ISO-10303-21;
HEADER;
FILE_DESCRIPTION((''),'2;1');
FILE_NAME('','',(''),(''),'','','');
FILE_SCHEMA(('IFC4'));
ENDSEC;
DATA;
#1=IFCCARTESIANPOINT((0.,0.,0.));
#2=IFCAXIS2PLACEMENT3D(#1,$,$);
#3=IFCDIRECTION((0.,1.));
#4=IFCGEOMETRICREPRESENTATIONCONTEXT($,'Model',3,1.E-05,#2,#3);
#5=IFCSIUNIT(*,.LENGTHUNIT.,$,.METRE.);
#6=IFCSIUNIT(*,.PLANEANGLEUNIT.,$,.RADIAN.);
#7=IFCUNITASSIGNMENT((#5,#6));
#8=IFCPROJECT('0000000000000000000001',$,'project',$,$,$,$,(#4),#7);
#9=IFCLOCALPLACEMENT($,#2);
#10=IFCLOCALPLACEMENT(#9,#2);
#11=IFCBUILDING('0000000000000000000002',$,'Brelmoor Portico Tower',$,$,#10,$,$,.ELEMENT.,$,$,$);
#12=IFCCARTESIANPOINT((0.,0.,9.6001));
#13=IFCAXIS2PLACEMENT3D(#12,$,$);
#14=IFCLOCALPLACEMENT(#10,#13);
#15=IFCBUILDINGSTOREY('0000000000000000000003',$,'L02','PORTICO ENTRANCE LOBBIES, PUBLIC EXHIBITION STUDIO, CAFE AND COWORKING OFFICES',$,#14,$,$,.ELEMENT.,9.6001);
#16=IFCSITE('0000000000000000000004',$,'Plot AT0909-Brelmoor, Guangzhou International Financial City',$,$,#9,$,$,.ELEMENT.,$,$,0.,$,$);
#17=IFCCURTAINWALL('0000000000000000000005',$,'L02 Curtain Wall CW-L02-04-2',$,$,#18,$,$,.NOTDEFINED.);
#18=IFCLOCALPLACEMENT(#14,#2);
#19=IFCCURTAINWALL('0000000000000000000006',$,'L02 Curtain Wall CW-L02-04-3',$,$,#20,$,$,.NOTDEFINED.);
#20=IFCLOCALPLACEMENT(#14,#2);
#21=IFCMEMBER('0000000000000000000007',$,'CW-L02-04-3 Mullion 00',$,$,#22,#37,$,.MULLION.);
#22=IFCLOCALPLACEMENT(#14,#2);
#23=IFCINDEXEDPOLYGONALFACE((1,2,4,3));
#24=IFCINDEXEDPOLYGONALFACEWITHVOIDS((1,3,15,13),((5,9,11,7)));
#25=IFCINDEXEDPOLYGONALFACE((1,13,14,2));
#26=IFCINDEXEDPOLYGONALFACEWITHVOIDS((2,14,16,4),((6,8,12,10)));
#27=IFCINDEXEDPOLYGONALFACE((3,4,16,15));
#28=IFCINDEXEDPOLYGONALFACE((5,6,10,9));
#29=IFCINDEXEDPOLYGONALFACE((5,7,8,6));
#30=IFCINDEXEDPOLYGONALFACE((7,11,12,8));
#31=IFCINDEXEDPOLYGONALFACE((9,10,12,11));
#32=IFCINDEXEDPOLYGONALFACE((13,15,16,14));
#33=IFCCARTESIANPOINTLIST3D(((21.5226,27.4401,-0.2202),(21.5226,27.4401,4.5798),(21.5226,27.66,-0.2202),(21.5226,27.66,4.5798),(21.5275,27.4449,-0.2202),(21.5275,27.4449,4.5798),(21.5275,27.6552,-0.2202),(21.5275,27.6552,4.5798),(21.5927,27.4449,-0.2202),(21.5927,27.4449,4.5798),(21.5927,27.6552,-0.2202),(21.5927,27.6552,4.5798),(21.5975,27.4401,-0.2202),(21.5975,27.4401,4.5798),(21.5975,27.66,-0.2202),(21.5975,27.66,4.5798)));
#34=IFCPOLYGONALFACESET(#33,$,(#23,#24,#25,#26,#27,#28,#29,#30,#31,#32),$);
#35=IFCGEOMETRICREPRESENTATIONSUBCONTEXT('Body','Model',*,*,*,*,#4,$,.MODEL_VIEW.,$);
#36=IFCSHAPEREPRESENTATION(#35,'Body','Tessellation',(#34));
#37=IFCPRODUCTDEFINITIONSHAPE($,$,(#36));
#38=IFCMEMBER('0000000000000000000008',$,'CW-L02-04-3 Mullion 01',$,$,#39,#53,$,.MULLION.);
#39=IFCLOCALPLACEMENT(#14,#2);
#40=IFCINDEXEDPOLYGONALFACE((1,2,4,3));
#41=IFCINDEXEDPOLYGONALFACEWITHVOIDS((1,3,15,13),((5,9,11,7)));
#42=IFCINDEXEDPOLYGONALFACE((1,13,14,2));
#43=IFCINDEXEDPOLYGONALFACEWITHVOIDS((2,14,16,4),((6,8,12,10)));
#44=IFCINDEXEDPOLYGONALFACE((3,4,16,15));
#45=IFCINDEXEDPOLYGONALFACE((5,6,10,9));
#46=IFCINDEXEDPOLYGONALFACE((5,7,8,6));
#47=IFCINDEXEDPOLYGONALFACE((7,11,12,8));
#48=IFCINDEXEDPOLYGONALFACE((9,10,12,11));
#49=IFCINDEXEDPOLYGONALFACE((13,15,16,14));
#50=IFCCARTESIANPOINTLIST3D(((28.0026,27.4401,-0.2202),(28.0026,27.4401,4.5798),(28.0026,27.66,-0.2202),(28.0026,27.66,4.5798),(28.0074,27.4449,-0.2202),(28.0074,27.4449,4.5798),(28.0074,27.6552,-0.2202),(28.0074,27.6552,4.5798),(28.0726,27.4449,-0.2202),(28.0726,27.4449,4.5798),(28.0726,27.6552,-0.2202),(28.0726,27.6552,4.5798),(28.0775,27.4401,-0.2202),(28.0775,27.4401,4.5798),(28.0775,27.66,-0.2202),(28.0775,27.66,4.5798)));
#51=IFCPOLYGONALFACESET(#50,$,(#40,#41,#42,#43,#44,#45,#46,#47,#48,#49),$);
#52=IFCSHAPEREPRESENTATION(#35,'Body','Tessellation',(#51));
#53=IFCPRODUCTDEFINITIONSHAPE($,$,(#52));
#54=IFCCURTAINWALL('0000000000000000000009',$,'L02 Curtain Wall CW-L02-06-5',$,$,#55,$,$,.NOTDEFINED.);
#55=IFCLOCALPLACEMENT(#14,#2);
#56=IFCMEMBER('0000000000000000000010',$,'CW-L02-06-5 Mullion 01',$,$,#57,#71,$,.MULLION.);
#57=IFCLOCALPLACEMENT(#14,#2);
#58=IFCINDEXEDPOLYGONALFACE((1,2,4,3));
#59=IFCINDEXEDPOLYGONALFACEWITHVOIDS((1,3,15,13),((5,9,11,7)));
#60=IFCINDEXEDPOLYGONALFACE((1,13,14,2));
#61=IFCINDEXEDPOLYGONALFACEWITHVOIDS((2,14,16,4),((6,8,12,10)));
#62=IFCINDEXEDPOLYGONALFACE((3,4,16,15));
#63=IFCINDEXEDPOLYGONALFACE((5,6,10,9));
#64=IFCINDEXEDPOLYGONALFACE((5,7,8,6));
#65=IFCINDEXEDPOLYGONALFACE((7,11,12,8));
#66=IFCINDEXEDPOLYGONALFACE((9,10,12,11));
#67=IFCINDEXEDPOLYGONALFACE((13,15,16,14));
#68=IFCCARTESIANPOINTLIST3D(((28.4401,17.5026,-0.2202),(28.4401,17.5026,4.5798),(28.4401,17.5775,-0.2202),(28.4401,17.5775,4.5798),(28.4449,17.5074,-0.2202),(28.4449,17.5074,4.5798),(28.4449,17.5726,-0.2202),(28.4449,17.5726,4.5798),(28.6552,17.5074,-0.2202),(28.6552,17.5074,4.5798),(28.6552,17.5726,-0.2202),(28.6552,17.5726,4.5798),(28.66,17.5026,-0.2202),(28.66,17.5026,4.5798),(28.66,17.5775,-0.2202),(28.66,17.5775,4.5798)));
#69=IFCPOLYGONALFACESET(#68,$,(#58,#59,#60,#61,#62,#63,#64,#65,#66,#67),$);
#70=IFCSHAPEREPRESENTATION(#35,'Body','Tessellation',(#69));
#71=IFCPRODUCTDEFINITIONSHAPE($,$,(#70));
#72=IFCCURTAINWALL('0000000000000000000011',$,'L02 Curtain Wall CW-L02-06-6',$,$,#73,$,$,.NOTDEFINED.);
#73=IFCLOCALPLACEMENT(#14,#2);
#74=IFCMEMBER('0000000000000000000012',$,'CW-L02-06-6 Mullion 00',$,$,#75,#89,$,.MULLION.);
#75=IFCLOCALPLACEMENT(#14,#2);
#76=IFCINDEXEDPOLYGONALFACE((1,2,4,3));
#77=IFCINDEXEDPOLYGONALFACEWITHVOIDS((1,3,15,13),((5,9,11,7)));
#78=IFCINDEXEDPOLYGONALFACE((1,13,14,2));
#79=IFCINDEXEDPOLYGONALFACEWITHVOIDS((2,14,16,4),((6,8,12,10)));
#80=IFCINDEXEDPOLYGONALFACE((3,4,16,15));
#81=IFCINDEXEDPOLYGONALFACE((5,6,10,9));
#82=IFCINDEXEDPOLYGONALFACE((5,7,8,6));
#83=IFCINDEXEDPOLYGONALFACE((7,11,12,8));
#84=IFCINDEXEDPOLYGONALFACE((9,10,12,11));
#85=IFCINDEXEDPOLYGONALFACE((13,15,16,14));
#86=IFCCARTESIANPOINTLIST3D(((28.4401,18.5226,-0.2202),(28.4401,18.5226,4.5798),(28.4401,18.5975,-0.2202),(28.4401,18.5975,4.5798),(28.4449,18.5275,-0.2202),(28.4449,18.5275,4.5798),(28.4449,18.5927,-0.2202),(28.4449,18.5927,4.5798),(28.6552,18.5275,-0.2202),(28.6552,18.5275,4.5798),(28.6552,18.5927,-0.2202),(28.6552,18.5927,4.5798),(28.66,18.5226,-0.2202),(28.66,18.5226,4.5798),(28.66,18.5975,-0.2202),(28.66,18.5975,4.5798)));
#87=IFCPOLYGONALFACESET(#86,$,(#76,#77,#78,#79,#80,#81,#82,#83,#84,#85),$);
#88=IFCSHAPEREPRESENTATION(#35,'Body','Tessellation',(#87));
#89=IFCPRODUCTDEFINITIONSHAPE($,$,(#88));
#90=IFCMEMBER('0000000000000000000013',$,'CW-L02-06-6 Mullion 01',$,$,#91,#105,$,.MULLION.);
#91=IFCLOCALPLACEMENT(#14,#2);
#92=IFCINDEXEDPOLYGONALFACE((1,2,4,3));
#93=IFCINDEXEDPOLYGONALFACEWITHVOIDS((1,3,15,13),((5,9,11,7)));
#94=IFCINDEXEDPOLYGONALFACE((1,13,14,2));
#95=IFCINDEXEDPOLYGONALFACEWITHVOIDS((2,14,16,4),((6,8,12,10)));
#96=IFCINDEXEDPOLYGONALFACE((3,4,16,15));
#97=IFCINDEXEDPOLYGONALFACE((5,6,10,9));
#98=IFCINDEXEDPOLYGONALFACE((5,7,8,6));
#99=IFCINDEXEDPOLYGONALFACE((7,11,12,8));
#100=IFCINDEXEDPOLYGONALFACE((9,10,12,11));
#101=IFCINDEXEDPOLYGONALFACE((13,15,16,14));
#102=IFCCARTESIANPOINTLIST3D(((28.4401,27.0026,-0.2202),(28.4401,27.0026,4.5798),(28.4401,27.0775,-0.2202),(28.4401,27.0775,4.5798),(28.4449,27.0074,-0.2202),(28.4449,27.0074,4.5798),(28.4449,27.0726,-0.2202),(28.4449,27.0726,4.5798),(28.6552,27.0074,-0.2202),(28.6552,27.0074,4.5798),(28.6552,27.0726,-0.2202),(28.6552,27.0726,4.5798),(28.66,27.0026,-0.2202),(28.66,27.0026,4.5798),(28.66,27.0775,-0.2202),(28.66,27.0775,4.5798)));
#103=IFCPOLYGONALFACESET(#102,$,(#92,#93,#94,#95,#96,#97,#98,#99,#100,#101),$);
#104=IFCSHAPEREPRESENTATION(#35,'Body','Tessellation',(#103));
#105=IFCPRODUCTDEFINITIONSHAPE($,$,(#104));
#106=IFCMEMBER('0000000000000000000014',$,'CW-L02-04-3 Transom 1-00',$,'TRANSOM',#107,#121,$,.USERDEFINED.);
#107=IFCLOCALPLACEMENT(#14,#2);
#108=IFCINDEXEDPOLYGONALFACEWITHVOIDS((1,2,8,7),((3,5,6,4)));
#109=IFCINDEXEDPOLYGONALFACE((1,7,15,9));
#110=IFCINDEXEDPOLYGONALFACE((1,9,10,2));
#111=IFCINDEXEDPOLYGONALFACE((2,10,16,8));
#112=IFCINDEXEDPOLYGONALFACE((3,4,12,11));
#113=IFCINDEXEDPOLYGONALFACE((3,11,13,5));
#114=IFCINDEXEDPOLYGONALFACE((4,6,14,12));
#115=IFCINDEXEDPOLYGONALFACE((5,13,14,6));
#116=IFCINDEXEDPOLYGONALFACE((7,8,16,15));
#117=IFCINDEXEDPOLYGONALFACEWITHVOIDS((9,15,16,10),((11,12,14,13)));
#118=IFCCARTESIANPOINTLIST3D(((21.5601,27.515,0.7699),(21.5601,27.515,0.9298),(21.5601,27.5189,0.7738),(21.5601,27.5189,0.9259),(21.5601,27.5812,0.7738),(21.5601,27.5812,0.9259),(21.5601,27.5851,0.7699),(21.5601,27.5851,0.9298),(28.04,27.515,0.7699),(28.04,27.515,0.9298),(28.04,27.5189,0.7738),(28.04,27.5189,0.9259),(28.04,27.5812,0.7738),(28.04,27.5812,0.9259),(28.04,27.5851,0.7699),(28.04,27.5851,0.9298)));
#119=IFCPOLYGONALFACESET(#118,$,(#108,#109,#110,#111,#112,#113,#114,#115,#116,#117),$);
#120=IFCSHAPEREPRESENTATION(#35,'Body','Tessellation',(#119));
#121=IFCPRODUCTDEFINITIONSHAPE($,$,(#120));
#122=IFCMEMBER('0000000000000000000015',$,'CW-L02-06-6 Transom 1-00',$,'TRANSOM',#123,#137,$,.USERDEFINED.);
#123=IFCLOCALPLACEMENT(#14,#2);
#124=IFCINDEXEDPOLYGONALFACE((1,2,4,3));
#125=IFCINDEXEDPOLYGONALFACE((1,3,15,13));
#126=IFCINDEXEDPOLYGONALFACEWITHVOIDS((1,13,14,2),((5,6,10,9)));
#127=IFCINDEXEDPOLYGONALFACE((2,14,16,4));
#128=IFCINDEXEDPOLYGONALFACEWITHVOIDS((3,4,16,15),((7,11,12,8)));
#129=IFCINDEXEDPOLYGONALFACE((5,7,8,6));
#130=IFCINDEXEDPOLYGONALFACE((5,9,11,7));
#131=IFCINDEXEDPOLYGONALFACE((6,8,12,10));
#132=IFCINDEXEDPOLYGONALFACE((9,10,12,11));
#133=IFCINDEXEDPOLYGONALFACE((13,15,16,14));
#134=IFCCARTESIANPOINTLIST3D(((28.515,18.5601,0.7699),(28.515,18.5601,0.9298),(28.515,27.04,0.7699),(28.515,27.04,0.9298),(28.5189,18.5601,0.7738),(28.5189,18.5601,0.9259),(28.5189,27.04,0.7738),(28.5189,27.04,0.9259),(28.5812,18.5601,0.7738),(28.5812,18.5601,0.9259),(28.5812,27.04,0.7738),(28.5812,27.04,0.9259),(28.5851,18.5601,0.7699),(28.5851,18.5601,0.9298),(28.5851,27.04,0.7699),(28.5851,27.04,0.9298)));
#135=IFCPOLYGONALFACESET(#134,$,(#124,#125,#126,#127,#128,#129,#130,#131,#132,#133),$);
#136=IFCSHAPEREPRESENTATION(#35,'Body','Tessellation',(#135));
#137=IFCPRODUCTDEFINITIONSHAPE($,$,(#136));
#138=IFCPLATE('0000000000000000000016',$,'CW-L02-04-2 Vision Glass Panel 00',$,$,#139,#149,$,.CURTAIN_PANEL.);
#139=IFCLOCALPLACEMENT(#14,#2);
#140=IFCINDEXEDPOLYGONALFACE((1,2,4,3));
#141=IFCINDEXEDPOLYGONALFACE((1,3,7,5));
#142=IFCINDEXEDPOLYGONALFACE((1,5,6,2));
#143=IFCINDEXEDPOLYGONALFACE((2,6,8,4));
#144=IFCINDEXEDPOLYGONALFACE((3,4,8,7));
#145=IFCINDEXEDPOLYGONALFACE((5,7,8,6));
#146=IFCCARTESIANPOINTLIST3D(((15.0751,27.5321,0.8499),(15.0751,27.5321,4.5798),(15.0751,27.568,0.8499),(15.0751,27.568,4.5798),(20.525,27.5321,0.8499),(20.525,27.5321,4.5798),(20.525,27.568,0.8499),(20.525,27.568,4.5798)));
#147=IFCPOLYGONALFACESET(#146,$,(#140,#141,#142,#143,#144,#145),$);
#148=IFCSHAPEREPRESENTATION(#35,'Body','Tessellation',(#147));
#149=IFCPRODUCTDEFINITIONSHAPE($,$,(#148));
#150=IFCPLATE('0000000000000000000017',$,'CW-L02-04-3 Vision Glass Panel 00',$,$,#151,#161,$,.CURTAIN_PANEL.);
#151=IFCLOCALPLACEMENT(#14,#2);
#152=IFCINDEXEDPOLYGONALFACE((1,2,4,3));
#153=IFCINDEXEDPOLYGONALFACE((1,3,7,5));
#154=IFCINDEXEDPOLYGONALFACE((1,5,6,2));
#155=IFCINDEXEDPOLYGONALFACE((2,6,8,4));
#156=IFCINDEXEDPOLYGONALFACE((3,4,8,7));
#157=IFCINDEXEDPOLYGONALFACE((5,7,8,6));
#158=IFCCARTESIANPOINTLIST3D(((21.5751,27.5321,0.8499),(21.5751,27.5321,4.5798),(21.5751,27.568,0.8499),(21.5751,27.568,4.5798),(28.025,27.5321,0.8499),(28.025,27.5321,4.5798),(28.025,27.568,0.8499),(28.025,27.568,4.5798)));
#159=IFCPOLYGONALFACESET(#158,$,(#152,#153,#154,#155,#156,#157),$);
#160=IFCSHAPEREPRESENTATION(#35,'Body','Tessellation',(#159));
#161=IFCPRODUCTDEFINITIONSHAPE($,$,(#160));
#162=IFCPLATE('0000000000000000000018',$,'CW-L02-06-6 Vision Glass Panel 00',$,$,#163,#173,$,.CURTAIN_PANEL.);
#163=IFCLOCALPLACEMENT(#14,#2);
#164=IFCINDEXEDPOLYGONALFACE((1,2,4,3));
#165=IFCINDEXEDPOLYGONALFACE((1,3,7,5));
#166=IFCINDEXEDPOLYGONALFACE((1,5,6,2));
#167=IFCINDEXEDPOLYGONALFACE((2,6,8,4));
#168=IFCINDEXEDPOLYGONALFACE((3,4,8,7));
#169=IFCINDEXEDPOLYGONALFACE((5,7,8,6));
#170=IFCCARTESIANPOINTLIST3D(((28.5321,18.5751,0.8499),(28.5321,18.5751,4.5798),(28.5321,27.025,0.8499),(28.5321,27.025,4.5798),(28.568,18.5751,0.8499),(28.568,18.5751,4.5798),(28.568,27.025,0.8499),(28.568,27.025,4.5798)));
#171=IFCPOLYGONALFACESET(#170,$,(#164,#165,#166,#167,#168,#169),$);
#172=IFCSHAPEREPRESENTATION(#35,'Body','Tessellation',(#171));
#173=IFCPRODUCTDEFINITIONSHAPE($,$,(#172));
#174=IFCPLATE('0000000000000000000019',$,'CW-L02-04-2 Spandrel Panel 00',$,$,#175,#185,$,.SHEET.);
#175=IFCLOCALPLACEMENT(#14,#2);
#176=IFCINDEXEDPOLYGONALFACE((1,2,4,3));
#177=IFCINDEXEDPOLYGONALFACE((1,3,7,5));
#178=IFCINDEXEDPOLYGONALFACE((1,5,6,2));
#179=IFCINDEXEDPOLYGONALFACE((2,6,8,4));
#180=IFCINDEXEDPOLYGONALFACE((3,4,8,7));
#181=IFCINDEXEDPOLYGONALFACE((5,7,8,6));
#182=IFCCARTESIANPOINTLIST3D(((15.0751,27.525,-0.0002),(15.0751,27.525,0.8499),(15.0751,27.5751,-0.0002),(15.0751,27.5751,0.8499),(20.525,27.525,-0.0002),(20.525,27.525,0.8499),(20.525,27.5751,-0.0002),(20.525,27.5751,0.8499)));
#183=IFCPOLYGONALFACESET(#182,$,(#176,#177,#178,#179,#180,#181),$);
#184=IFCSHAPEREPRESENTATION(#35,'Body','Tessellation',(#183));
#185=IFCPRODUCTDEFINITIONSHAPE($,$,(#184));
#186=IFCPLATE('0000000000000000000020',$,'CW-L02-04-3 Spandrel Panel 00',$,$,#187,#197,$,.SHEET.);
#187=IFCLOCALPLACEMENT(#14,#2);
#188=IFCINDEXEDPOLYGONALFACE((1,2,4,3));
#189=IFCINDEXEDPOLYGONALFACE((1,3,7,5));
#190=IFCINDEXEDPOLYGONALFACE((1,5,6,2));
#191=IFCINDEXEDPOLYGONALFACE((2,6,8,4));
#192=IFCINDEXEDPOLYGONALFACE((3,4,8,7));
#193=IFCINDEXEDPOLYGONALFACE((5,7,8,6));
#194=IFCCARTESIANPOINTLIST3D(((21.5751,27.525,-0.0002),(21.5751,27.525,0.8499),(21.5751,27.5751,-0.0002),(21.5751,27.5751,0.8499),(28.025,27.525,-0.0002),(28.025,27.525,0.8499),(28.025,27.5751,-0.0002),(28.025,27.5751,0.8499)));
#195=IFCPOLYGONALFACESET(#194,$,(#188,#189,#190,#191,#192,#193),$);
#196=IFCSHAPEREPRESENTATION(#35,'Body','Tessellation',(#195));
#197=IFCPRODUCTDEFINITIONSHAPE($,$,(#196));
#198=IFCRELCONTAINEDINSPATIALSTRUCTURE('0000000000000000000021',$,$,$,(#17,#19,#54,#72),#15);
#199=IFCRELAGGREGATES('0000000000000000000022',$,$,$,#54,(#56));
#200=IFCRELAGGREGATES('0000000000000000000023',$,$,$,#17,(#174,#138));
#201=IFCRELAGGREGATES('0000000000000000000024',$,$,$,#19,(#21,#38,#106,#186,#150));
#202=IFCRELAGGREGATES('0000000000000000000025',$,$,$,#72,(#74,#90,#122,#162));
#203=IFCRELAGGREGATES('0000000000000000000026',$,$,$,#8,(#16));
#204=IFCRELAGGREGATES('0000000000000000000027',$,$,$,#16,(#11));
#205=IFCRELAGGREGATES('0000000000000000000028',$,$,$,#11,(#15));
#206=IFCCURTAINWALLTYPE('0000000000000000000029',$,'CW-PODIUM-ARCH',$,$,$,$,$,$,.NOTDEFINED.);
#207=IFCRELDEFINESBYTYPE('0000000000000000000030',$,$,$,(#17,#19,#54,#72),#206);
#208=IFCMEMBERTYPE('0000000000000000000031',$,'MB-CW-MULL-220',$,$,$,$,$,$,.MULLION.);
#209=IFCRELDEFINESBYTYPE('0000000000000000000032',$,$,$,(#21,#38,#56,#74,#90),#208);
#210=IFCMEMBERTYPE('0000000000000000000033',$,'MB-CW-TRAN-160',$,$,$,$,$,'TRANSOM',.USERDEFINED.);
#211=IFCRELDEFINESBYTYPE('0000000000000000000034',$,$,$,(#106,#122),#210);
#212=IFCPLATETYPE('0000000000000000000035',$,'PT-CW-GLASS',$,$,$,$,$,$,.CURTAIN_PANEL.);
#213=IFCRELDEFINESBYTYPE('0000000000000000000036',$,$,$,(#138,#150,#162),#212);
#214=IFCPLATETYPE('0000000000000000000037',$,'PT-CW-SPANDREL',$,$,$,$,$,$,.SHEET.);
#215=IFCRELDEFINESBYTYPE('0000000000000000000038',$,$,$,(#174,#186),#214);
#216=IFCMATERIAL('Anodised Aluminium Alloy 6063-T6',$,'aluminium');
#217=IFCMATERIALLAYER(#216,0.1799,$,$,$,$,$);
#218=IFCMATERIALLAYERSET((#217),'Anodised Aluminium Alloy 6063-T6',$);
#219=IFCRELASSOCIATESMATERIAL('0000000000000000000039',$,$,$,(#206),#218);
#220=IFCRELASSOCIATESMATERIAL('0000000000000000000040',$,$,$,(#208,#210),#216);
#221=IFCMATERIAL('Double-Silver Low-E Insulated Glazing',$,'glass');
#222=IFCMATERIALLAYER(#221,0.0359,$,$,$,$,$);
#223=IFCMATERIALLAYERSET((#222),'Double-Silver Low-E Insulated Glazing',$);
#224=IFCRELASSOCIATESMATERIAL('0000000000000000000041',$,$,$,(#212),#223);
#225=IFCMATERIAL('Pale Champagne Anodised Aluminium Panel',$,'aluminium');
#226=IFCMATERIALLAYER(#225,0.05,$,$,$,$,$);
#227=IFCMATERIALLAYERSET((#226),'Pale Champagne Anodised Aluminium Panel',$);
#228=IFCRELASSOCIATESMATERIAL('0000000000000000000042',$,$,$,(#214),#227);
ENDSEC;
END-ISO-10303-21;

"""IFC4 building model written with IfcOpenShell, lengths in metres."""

from ifc_helpers import new_model, si_unit, direction, frame, origin, origin_2d, place, context, subcontext, project, spatial, rectangle, hollow_rectangle, extrude, material, layer, layer_set, material_profile, profile_set, type_object, element, aggregate, save


model = new_model("IFC4")

# Units and contexts
model_context = context("Model", 3, precision=1e-05, world=origin(), true_north=direction((0.0, 1.0)))
body_context = subcontext(model_context, "Body", "Model", "MODEL_VIEW")
ifc_project = project(units=[si_unit("LENGTHUNIT", "METRE"), si_unit("PLANEANGLEUNIT", "RADIAN")], contexts=[model_context])

# Site, building, storey
site_placement = place(None, origin())
site = spatial("IfcSite", under=ifc_project, at=site_placement, Name="Plot AT0909-Brelmoor, Guangzhou International Financial City", CompositionType="ELEMENT", RefElevation=0.0)
building_placement = place(site_placement, origin())
building = spatial("IfcBuilding", under=site, at=building_placement, Name="Brelmoor Portico Tower", CompositionType="ELEMENT")
storey_placement = place(building_placement, frame((0.0, 0.0, 9.6001)))
storey = spatial("IfcBuildingStorey", under=building, at=storey_placement, Name="L02", Description="PORTICO ENTRANCE LOBBIES, PUBLIC EXHIBITION STUDIO, CAFE AND COWORKING OFFICES", CompositionType="ELEMENT", Elevation=9.6001)

# Curtain wall
ifc_material_1 = material(Name="Anodised Aluminium Alloy 6063-T6", Category="aluminium")
ifc_layer_1 = layer(ifc_material_1, 0.1799)
ifc_layer_set_1 = layer_set([ifc_layer_1], Name="Anodised Aluminium Alloy 6063-T6")
curtain_wall_type = type_object("IfcCurtainWallType", Name="CW-PODIUM-ARCH", PredefinedType="NOTDEFINED", material=ifc_layer_set_1)
curtain_wall_1_placement = place(storey_placement, origin())
curtain_wall_1 = element("IfcCurtainWall", 1, at=curtain_wall_1_placement, inside=storey, type_object=curtain_wall_type, Name="L02 Curtain Wall CW-L02-04-2", PredefinedType="NOTDEFINED")
ifc_material_profile_1 = material_profile(ifc_material_1, hollow_rectangle(XDim=0.075, YDim=0.22, WallThickness=0.0049, at=origin_2d()), Name="ALU MULLION 75x220")
ifc_profile_set_1 = profile_set([ifc_material_profile_1], Name="Anodised Aluminium Alloy 6063-T6")
member_type_1 = type_object("IfcMemberType", Name="MB-CW-MULL-220", PredefinedType="MULLION", material=ifc_profile_set_1)

# Curtain wall, members
curtain_wall_2_placement = place(storey_placement, origin())
curtain_wall_2 = element("IfcCurtainWall", 2, at=curtain_wall_2_placement, inside=storey, type_object=curtain_wall_type, Name="L02 Curtain Wall CW-L02-04-3", PredefinedType="NOTDEFINED")
member_1_placement = place(storey_placement, frame((21.5601, 27.55, -0.2202), z_axis=(0.0, 0.0, 1.0), x_axis=(1.0, 0.0, 0.0)))
member_1 = element("IfcMember", 3, at=member_1_placement, type_object=member_type_1, Name="CW-L02-04-3 Mullion 00", PredefinedType="MULLION", context=body_context, shape_type="SweptSolid", body=[
    extrude(hollow_rectangle(XDim=0.075, YDim=0.22, WallThickness=0.0049, at=origin_2d()), origin(), (0.0, 0.0, 1.0), 4.8),
])
member_2_placement = place(storey_placement, frame((28.04, 27.55, -0.2202), z_axis=(0.0, 0.0, 1.0), x_axis=(1.0, 0.0, 0.0)))
member_2 = element("IfcMember", 4, at=member_2_placement, type_object=member_type_1, Name="CW-L02-04-3 Mullion 01", PredefinedType="MULLION", context=body_context, shape_type="SweptSolid", body=[
    extrude(hollow_rectangle(XDim=0.075, YDim=0.22, WallThickness=0.0049, at=origin_2d()), origin(), (0.0, 0.0, 1.0), 4.8),
])

# Curtain wall, member
curtain_wall_3_placement = place(storey_placement, origin())
curtain_wall_3 = element("IfcCurtainWall", 5, at=curtain_wall_3_placement, inside=storey, type_object=curtain_wall_type, Name="L02 Curtain Wall CW-L02-06-5", PredefinedType="NOTDEFINED")
member_3_placement = place(storey_placement, frame((28.55, 17.54, -0.2202), z_axis=(0.0, 0.0, 1.0), x_axis=(0.0, 1.0, 0.0)))
member_3 = element("IfcMember", 6, at=member_3_placement, type_object=member_type_1, Name="CW-L02-06-5 Mullion 01", PredefinedType="MULLION", context=body_context, shape_type="SweptSolid", body=[
    extrude(hollow_rectangle(XDim=0.075, YDim=0.22, WallThickness=0.0049, at=origin_2d()), origin(), (0.0, 0.0, 1.0), 4.8),
])
aggregate(curtain_wall_3, [member_3])

# Curtain wall, members
curtain_wall_4_placement = place(storey_placement, origin())
curtain_wall_4 = element("IfcCurtainWall", 7, at=curtain_wall_4_placement, inside=storey, type_object=curtain_wall_type, Name="L02 Curtain Wall CW-L02-06-6", PredefinedType="NOTDEFINED")
member_4_placement = place(storey_placement, frame((28.55, 18.5601, -0.2202), z_axis=(0.0, 0.0, 1.0), x_axis=(0.0, 1.0, 0.0)))
member_4 = element("IfcMember", 8, at=member_4_placement, type_object=member_type_1, Name="CW-L02-06-6 Mullion 00", PredefinedType="MULLION", context=body_context, shape_type="SweptSolid", body=[
    extrude(hollow_rectangle(XDim=0.075, YDim=0.22, WallThickness=0.0049, at=origin_2d()), origin(), (0.0, 0.0, 1.0), 4.8),
])
member_5_placement = place(storey_placement, frame((28.55, 27.04, -0.2202), z_axis=(0.0, 0.0, 1.0), x_axis=(0.0, 1.0, 0.0)))
member_5 = element("IfcMember", 9, at=member_5_placement, type_object=member_type_1, Name="CW-L02-06-6 Mullion 01", PredefinedType="MULLION", context=body_context, shape_type="SweptSolid", body=[
    extrude(hollow_rectangle(XDim=0.075, YDim=0.22, WallThickness=0.0049, at=origin_2d()), origin(), (0.0, 0.0, 1.0), 4.8),
])

# Members
ifc_material_profile_2 = material_profile(ifc_material_1, hollow_rectangle(XDim=0.0701, YDim=0.1599, WallThickness=0.0039, at=origin_2d()), Name="ALU TRANSOM 70x160")
ifc_profile_set_2 = profile_set([ifc_material_profile_2], Name="Anodised Aluminium Alloy 6063-T6")
member_type_2 = type_object("IfcMemberType", Name="MB-CW-TRAN-160", ElementType="TRANSOM", PredefinedType="USERDEFINED", material=ifc_profile_set_2)
member_6_placement = place(storey_placement, frame((21.5601, 27.55, 0.8499), z_axis=(1.0, 0.0, 0.0), x_axis=(0.0, 1.0, 0.0)))
member_6 = element("IfcMember", 10, at=member_6_placement, type_object=member_type_2, Name="CW-L02-04-3 Transom 1-00", ObjectType="TRANSOM", PredefinedType="USERDEFINED", context=body_context, shape_type="SweptSolid", body=[
    extrude(hollow_rectangle(XDim=0.0701, YDim=0.1599, WallThickness=0.0039, at=origin_2d()), origin(), (0.0, 0.0, 1.0), 6.48),
])
member_7_placement = place(storey_placement, frame((28.55, 18.5601, 0.8499), z_axis=(0.0, 1.0, 0.0), x_axis=(-1.0, 0.0, 0.0)))
member_7 = element("IfcMember", 11, at=member_7_placement, type_object=member_type_2, Name="CW-L02-06-6 Transom 1-00", ObjectType="TRANSOM", PredefinedType="USERDEFINED", context=body_context, shape_type="SweptSolid", body=[
    extrude(hollow_rectangle(XDim=0.0701, YDim=0.1599, WallThickness=0.0039, at=origin_2d()), origin(), (0.0, 0.0, 1.0), 8.48),
])

# Plates
ifc_material_2 = material(Name="Double-Silver Low-E Insulated Glazing", Category="glass")
ifc_layer_2 = layer(ifc_material_2, 0.0359)
ifc_layer_set_2 = layer_set([ifc_layer_2], Name="Double-Silver Low-E Insulated Glazing")
plate_type_1 = type_object("IfcPlateType", Name="PT-CW-GLASS", PredefinedType="CURTAIN_PANEL", material=ifc_layer_set_2)
plate_1_placement = place(storey_placement, frame((17.8, 27.55, 0.8499), z_axis=(0.0, 0.0, 1.0), x_axis=(1.0, 0.0, 0.0)))
plate_1 = element("IfcPlate", 12, at=plate_1_placement, type_object=plate_type_1, Name="CW-L02-04-2 Vision Glass Panel 00", PredefinedType="CURTAIN_PANEL", context=body_context, shape_type="SweptSolid", body=[
    extrude(rectangle(XDim=5.45, YDim=0.0359, at=origin_2d()), origin(), (0.0, 0.0, 1.0), 3.73),
])
plate_2_placement = place(storey_placement, frame((24.8, 27.55, 0.8499), z_axis=(0.0, 0.0, 1.0), x_axis=(1.0, 0.0, 0.0)))
plate_2 = element("IfcPlate", 13, at=plate_2_placement, type_object=plate_type_1, Name="CW-L02-04-3 Vision Glass Panel 00", PredefinedType="CURTAIN_PANEL", context=body_context, shape_type="SweptSolid", body=[
    extrude(rectangle(XDim=6.45, YDim=0.0359, at=origin_2d()), origin(), (0.0, 0.0, 1.0), 3.73),
])
plate_3_placement = place(storey_placement, frame((28.55, 22.8, 0.8499), z_axis=(0.0, 0.0, 1.0), x_axis=(0.0, 1.0, 0.0)))
plate_3 = element("IfcPlate", 14, at=plate_3_placement, type_object=plate_type_1, Name="CW-L02-06-6 Vision Glass Panel 00", PredefinedType="CURTAIN_PANEL", context=body_context, shape_type="SweptSolid", body=[
    extrude(rectangle(XDim=8.45, YDim=0.0359, at=origin_2d()), origin(), (0.0, 0.0, 1.0), 3.73),
])
ifc_material_3 = material(Name="Pale Champagne Anodised Aluminium Panel", Category="aluminium")
ifc_layer_3 = layer(ifc_material_3, 0.05)
ifc_layer_set_3 = layer_set([ifc_layer_3], Name="Pale Champagne Anodised Aluminium Panel")
plate_type_2 = type_object("IfcPlateType", Name="PT-CW-SPANDREL", PredefinedType="SHEET", material=ifc_layer_set_3)
plate_4_placement = place(storey_placement, frame((17.8, 27.55, -0.0002), z_axis=(0.0, 0.0, 1.0), x_axis=(1.0, 0.0, 0.0)))
plate_4 = element("IfcPlate", 15, at=plate_4_placement, type_object=plate_type_2, Name="CW-L02-04-2 Spandrel Panel 00", PredefinedType="SHEET", context=body_context, shape_type="SweptSolid", body=[
    extrude(rectangle(XDim=5.45, YDim=0.05, at=origin_2d()), origin(), (0.0, 0.0, 1.0), 0.8501),
])
aggregate(curtain_wall_1, [plate_4, plate_1])
plate_5_placement = place(storey_placement, frame((24.8, 27.55, -0.0002), z_axis=(0.0, 0.0, 1.0), x_axis=(1.0, 0.0, 0.0)))
plate_5 = element("IfcPlate", 16, at=plate_5_placement, type_object=plate_type_2, Name="CW-L02-04-3 Spandrel Panel 00", PredefinedType="SHEET", context=body_context, shape_type="SweptSolid", body=[
    extrude(rectangle(XDim=6.45, YDim=0.05, at=origin_2d()), origin(), (0.0, 0.0, 1.0), 0.8501),
])
aggregate(curtain_wall_2, [member_1, member_2, member_6, plate_5, plate_2])
aggregate(curtain_wall_4, [member_4, member_5, member_7, plate_3])

save(model, "model.ifc")
